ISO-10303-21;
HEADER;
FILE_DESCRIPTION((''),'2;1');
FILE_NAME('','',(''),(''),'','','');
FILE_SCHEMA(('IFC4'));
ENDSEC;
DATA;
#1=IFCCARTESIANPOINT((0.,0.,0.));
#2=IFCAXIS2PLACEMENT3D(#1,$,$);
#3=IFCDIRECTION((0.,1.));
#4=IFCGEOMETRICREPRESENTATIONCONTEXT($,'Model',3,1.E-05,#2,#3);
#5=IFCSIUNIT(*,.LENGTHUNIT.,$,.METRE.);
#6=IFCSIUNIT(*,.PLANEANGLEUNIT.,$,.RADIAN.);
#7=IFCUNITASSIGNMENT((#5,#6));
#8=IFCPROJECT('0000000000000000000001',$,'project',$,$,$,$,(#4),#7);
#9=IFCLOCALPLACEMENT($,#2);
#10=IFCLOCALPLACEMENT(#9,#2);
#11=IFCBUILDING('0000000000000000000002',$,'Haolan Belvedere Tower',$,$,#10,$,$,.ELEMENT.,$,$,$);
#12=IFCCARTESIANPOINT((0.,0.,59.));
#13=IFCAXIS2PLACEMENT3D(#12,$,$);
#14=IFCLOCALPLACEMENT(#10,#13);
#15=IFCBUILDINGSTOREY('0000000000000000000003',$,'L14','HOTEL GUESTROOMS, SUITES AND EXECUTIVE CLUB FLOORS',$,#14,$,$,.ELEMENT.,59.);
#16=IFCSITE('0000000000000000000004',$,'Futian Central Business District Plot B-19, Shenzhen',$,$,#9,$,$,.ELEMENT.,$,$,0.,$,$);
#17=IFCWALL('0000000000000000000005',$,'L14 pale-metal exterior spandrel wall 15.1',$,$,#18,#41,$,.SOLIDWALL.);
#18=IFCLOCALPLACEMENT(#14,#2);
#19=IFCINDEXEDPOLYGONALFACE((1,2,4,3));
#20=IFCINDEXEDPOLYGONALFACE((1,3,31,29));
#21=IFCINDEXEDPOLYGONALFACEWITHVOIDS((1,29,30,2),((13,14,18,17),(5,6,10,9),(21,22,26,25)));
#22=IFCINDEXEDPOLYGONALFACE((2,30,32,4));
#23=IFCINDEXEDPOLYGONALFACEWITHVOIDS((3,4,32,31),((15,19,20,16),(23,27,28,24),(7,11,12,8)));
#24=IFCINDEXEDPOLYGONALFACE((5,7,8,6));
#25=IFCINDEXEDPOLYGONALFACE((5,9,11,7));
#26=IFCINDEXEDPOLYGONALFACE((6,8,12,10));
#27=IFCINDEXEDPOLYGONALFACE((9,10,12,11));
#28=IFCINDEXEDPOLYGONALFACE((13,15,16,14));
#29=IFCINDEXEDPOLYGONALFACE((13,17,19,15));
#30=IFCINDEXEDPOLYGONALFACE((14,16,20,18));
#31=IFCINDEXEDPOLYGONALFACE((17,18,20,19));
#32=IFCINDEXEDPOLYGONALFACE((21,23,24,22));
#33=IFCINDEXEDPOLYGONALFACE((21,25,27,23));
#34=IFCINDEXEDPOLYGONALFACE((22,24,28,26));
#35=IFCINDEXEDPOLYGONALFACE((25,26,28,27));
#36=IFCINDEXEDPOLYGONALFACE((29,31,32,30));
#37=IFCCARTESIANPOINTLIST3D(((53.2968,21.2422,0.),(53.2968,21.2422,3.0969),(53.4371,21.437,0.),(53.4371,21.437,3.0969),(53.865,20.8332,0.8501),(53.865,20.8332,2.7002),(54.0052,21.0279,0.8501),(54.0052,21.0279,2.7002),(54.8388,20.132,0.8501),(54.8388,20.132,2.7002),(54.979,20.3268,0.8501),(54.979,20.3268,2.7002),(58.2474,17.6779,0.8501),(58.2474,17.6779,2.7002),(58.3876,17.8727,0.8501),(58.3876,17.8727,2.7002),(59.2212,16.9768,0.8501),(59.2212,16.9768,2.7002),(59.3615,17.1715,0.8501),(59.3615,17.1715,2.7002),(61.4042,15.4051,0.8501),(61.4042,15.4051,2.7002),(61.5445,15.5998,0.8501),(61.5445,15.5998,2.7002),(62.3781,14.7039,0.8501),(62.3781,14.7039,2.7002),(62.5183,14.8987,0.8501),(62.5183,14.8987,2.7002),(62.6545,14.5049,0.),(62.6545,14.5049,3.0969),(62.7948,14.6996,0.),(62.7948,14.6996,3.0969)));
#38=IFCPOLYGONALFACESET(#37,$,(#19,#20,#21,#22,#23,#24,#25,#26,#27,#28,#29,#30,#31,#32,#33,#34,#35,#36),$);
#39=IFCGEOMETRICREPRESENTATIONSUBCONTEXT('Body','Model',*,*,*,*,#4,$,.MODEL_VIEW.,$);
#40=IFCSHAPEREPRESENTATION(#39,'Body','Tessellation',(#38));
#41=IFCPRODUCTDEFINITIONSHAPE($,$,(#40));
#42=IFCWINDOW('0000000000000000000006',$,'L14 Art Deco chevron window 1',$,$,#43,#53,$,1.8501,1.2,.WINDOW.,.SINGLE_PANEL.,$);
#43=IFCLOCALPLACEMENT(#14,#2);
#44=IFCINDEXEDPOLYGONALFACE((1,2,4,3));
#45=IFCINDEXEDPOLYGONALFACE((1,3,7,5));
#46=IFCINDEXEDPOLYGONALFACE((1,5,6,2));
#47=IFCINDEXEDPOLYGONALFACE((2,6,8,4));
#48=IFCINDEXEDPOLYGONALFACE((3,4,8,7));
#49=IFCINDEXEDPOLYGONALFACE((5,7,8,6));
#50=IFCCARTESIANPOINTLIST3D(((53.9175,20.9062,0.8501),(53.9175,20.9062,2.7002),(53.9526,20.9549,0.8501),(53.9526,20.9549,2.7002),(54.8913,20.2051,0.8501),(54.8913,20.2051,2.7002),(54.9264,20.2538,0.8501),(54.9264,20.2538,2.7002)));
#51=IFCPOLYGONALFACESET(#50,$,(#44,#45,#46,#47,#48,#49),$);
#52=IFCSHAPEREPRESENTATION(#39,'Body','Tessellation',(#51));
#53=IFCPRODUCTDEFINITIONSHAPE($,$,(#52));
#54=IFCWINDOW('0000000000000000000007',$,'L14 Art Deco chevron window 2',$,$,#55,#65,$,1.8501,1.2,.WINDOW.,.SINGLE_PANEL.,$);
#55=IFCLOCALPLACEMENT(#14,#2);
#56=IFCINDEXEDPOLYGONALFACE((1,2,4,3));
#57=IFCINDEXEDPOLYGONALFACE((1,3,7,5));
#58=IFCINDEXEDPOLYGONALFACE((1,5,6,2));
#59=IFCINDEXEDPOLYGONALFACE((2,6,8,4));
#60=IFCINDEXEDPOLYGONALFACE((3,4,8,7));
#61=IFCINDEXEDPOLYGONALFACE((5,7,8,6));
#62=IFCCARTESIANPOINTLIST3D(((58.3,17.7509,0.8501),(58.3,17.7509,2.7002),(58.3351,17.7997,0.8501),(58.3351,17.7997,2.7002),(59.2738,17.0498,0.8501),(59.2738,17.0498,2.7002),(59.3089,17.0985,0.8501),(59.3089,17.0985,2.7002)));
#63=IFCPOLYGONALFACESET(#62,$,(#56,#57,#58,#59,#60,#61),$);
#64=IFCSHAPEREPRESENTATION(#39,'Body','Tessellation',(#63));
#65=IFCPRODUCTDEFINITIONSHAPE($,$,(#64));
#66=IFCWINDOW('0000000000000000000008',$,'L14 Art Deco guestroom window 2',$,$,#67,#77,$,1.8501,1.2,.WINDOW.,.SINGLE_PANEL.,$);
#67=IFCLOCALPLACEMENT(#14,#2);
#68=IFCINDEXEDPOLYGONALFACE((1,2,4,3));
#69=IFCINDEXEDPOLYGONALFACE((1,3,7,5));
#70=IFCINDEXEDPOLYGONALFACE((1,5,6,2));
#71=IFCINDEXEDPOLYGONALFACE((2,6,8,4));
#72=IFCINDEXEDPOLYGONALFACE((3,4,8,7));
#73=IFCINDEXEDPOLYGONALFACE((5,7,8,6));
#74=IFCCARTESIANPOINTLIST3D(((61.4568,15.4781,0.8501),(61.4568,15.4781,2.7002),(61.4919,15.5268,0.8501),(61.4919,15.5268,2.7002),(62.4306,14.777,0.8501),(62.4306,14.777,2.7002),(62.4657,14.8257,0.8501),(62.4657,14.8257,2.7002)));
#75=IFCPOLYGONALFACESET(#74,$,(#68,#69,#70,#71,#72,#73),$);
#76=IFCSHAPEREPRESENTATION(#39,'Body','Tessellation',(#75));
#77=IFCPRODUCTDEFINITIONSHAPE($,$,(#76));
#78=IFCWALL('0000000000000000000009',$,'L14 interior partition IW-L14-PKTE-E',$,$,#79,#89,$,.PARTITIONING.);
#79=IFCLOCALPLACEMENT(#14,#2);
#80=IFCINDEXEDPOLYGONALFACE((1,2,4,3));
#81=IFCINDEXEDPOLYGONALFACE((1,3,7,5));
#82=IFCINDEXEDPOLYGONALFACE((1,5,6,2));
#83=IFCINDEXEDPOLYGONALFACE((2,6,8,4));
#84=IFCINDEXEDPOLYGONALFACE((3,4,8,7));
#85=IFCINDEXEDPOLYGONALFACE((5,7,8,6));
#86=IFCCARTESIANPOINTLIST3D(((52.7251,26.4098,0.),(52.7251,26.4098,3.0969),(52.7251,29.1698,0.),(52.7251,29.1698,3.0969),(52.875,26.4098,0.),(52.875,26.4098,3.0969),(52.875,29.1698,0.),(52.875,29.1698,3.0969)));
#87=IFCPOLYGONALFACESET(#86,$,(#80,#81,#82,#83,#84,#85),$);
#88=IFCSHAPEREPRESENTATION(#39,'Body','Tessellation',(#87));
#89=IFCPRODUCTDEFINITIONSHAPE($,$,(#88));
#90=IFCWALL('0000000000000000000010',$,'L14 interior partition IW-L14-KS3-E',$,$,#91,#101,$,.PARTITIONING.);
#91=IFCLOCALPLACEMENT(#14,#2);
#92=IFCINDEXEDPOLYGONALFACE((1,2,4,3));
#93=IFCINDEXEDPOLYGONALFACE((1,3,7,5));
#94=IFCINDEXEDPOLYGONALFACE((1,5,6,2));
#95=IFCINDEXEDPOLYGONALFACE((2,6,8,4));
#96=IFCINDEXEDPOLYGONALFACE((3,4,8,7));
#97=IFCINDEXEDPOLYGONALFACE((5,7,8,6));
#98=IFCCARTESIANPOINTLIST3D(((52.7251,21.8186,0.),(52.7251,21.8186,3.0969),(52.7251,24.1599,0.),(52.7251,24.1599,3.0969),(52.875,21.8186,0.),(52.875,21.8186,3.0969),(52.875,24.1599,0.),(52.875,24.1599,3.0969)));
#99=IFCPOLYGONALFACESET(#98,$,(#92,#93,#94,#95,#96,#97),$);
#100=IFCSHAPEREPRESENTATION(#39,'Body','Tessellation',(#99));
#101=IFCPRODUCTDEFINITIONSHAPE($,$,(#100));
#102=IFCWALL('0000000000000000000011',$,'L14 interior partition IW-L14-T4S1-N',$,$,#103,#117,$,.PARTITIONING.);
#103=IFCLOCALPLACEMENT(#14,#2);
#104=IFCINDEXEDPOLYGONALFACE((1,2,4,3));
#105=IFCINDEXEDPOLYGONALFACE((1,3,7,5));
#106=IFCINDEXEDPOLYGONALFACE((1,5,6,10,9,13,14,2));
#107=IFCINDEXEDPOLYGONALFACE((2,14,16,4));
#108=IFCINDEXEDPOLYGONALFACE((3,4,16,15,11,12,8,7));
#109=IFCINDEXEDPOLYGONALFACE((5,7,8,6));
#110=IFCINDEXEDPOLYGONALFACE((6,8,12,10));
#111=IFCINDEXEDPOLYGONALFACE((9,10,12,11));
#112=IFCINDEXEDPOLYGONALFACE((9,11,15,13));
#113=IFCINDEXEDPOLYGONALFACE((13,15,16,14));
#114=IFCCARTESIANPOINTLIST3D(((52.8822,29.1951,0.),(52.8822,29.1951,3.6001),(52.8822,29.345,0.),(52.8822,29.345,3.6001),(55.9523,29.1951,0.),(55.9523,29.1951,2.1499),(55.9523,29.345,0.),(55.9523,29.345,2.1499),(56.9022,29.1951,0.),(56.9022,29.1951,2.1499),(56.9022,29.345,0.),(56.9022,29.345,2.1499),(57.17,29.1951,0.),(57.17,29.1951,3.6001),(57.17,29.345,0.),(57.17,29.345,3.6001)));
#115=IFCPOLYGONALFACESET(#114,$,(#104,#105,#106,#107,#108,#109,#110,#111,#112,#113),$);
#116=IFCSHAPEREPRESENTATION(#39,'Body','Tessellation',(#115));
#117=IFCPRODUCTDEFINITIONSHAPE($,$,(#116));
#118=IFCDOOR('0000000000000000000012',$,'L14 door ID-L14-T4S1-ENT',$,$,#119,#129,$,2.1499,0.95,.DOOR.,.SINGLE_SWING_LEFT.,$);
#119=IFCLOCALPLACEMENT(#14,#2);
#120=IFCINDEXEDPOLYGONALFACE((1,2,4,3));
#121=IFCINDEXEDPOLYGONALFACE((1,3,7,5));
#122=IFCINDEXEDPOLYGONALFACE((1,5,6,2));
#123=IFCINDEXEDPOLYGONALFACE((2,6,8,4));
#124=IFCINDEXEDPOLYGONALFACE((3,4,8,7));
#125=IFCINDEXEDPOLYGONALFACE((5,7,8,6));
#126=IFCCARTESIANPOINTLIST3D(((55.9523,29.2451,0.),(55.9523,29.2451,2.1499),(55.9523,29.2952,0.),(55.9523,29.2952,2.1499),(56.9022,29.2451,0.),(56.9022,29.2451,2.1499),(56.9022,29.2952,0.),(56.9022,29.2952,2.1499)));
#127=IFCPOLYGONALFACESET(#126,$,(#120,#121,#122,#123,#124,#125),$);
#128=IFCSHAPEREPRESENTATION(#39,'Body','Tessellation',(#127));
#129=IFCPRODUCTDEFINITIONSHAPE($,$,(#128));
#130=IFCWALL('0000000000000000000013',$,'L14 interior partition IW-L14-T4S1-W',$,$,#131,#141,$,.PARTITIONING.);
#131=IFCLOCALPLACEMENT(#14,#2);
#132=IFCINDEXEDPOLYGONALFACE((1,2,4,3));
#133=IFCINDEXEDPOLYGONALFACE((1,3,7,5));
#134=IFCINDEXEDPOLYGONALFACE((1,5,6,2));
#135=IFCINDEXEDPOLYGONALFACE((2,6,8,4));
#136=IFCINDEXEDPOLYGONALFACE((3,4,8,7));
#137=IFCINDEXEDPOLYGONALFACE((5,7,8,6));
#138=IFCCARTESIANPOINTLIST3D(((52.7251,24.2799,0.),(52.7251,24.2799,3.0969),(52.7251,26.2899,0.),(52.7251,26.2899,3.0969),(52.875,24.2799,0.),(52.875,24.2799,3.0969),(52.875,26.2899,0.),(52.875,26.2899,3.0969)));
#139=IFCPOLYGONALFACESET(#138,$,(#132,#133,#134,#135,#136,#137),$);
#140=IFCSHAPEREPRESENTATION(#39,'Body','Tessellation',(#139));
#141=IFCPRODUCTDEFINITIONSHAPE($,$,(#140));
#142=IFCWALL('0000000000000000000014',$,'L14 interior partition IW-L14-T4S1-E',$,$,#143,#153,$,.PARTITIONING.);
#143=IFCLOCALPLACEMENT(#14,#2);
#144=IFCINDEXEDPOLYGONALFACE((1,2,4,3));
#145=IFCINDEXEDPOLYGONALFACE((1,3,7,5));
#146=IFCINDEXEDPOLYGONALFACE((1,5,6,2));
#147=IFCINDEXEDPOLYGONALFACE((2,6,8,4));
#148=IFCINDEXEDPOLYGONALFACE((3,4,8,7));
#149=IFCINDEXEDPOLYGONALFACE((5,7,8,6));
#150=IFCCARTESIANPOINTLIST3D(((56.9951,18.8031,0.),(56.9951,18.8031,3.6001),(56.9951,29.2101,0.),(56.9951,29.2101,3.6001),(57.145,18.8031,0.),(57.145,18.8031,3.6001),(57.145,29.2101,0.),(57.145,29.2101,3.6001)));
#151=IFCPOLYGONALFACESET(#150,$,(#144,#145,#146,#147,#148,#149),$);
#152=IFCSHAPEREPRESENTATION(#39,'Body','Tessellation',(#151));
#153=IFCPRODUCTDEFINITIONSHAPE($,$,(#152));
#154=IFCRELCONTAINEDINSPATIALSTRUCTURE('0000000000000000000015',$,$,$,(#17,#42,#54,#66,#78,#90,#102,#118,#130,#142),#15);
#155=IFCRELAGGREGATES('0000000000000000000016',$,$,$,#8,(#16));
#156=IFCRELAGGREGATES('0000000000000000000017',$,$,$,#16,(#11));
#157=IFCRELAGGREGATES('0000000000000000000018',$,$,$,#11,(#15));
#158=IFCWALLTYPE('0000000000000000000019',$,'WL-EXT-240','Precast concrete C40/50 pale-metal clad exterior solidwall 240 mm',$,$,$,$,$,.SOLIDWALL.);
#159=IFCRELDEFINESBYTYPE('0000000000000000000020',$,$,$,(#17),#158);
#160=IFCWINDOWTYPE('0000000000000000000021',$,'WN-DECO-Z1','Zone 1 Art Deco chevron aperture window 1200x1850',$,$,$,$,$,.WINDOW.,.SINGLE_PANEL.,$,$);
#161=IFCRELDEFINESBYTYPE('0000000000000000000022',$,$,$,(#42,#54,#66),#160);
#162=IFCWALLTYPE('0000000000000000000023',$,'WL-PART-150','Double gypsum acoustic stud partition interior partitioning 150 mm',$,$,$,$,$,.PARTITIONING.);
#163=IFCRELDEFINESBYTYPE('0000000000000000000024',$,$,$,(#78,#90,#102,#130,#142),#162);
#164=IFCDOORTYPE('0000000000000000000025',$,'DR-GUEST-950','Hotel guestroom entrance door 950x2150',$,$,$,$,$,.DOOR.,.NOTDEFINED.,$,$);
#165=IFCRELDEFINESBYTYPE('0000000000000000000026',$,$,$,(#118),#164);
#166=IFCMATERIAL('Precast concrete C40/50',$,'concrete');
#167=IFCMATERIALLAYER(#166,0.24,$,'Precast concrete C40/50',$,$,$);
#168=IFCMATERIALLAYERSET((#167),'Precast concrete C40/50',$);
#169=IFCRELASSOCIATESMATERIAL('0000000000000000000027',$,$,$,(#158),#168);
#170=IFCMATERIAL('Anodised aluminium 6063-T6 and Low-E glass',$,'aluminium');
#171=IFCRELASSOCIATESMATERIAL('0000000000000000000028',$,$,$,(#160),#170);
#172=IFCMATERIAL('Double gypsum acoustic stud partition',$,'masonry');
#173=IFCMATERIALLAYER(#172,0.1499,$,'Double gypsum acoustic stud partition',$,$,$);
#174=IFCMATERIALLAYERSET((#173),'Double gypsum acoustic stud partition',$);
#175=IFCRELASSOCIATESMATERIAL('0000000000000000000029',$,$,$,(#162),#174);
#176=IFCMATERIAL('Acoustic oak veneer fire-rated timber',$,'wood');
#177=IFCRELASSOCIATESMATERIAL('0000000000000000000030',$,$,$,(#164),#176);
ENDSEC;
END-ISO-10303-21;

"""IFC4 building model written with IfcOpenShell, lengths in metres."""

from ifc_helpers import new_model, si_unit, direction, frame, frame_2d, origin, place, context, subcontext, project, spatial, rectangle, extrude, material, layer, layer_set, type_object, element, fill, save


model = new_model("IFC4")

# Units and contexts
model_context = context("Model", 3, precision=1e-05, world=origin(), true_north=direction((0.0, 1.0)))
body_context = subcontext(model_context, "Body", "Model", "MODEL_VIEW")
ifc_project = project(units=[si_unit("LENGTHUNIT", "METRE"), si_unit("PLANEANGLEUNIT", "RADIAN")], contexts=[model_context])

# Site, building, storey
site_placement = place(None, origin())
site = spatial("IfcSite", under=ifc_project, at=site_placement, Name="Futian Central Business District Plot B-19, Shenzhen", CompositionType="ELEMENT", RefElevation=0.0)
building_placement = place(site_placement, origin())
building = spatial("IfcBuilding", under=site, at=building_placement, Name="Haolan Belvedere Tower", CompositionType="ELEMENT")
storey_placement = place(building_placement, frame((0.0, 0.0, 59.0)))
storey = spatial("IfcBuildingStorey", under=building, at=storey_placement, Name="L14", Description="HOTEL GUESTROOMS, SUITES AND EXECUTIVE CLUB FLOORS", CompositionType="ELEMENT", Elevation=59.0)

# Wall, openings, windows
ifc_material_1 = material(Name="Precast concrete C40/50", Category="concrete")
ifc_layer_1 = layer(ifc_material_1, 0.24, Name="Precast concrete C40/50")
ifc_layer_set_1 = layer_set([ifc_layer_1], Name="Precast concrete C40/50")
wall_type_1 = type_object("IfcWallType", Name="WL-EXT-240", Description="Precast concrete C40/50 pale-metal clad exterior solidwall 240 mm", PredefinedType="SOLIDWALL", material=ifc_layer_set_1)
wall_1_placement = place(storey_placement, frame((53.3669, 21.3396, 0.0), z_axis=(0.0, 0.0, 1.0), x_axis=(0.811543, -0.584292, 0.0)))
wall_1 = element("IfcWall", 1, at=wall_1_placement, inside=storey, type_object=wall_type_1, Name="L14 pale-metal exterior spandrel wall 15.1", PredefinedType="SOLIDWALL", context=body_context, shape_type="SweptSolid", body=[
    extrude(rectangle(XDim=11.5308, YDim=0.24, at=frame_2d((5.7654, 0.0))), origin(), (0.0, 0.0, 1.0), 3.0969),
])
opening_1_placement = place(wall_1_placement, frame((0.7, 0.0, 0.8501)))
opening_1 = element("IfcOpeningElement", 2, at=opening_1_placement, cuts=wall_1, PredefinedType="OPENING", context=body_context, shape_type="SweptSolid", body=[
    extrude(rectangle(XDim=1.2, YDim=1.8501, at=frame_2d((0.6001, 0.925))), frame((0.0, 0.1299, 0.0), z_axis=(0.0, -1.0, 0.0), x_axis=(1.0, 0.0, 0.0)), (0.0, 0.0, 1.0), 0.26),
])
opening_2_placement = place(wall_1_placement, frame((6.1001, 0.0, 0.8501)))
opening_2 = element("IfcOpeningElement", 3, at=opening_2_placement, cuts=wall_1, PredefinedType="OPENING", context=body_context, shape_type="SweptSolid", body=[
    extrude(rectangle(XDim=1.2, YDim=1.8501, at=frame_2d((0.6001, 0.925))), frame((0.0, 0.1299, 0.0), z_axis=(0.0, -1.0, 0.0), x_axis=(1.0, 0.0, 0.0)), (0.0, 0.0, 1.0), 0.26),
])
opening_3_placement = place(wall_1_placement, frame((9.99, 0.0, 0.8501)))
opening_3 = element("IfcOpeningElement", 4, at=opening_3_placement, cuts=wall_1, PredefinedType="OPENING", context=body_context, shape_type="SweptSolid", body=[
    extrude(rectangle(XDim=1.2, YDim=1.8501, at=frame_2d((0.6001, 0.925))), frame((0.0, 0.1299, 0.0), z_axis=(0.0, -1.0, 0.0), x_axis=(1.0, 0.0, 0.0)), (0.0, 0.0, 1.0), 0.26),
])
ifc_material_2 = material(Name="Anodised aluminium 6063-T6 and Low-E glass", Category="aluminium")
window_type = type_object("IfcWindowType", Name="WN-DECO-Z1", Description="Zone 1 Art Deco chevron aperture window 1200x1850", PartitioningType="SINGLE_PANEL", PredefinedType="WINDOW", material=ifc_material_2)
window_1_placement = place(opening_1_placement, origin())
window_1 = element("IfcWindow", 5, at=window_1_placement, inside=storey, type_object=window_type, Name="L14 Art Deco chevron window 1", OverallHeight=1.8501, OverallWidth=1.2, PartitioningType="SINGLE_PANEL", PredefinedType="WINDOW", context=body_context, shape_type="SweptSolid", body=[
    extrude(rectangle(XDim=1.2, YDim=1.8501, at=frame_2d((0.6001, 0.925))), frame((0.0, 0.03, 0.0), z_axis=(0.0, -1.0, 0.0), x_axis=(1.0, 0.0, 0.0)), (0.0, 0.0, 1.0), 0.0601),
])
fill(opening_1, window_1)
window_2_placement = place(opening_2_placement, origin())
window_2 = element("IfcWindow", 6, at=window_2_placement, inside=storey, type_object=window_type, Name="L14 Art Deco chevron window 2", OverallHeight=1.8501, OverallWidth=1.2, PartitioningType="SINGLE_PANEL", PredefinedType="WINDOW", context=body_context, shape_type="SweptSolid", body=[
    extrude(rectangle(XDim=1.2, YDim=1.8501, at=frame_2d((0.6001, 0.925))), frame((0.0, 0.03, 0.0), z_axis=(0.0, -1.0, 0.0), x_axis=(1.0, 0.0, 0.0)), (0.0, 0.0, 1.0), 0.0601),
])
fill(opening_2, window_2)
window_3_placement = place(opening_3_placement, origin())
window_3 = element("IfcWindow", 7, at=window_3_placement, inside=storey, type_object=window_type, Name="L14 Art Deco guestroom window 2", OverallHeight=1.8501, OverallWidth=1.2, PartitioningType="SINGLE_PANEL", PredefinedType="WINDOW", context=body_context, shape_type="SweptSolid", body=[
    extrude(rectangle(XDim=1.2, YDim=1.8501, at=frame_2d((0.6001, 0.925))), frame((0.0, 0.03, 0.0), z_axis=(0.0, -1.0, 0.0), x_axis=(1.0, 0.0, 0.0)), (0.0, 0.0, 1.0), 0.0601),
])
fill(opening_3, window_3)

# Walls
ifc_material_3 = material(Name="Double gypsum acoustic stud partition", Category="masonry")
ifc_layer_2 = layer(ifc_material_3, 0.1499, Name="Double gypsum acoustic stud partition")
ifc_layer_set_2 = layer_set([ifc_layer_2], Name="Double gypsum acoustic stud partition")
wall_type_2 = type_object("IfcWallType", Name="WL-PART-150", Description="Double gypsum acoustic stud partition interior partitioning 150 mm", PredefinedType="PARTITIONING", material=ifc_layer_set_2)
wall_2_placement = place(storey_placement, frame((52.8, 26.4099, 0.0), z_axis=(0.0, 0.0, 1.0), x_axis=(0.0, 1.0, 0.0)))
element("IfcWall", 8, at=wall_2_placement, inside=storey, type_object=wall_type_2, Name="L14 interior partition IW-L14-PKTE-E", PredefinedType="PARTITIONING", context=body_context, shape_type="SweptSolid", body=[
    extrude(rectangle(XDim=2.76, YDim=0.1499, at=frame_2d((1.3799, 0.0))), origin(), (0.0, 0.0, 1.0), 3.0969),
])
wall_3_placement = place(storey_placement, frame((52.8, 21.8186, 0.0), z_axis=(0.0, 0.0, 1.0), x_axis=(0.0, 1.0, 0.0)))
element("IfcWall", 9, at=wall_3_placement, inside=storey, type_object=wall_type_2, Name="L14 interior partition IW-L14-KS3-E", PredefinedType="PARTITIONING", context=body_context, shape_type="SweptSolid", body=[
    extrude(rectangle(XDim=2.3413, YDim=0.1499, at=frame_2d((1.1707, 0.0))), origin(), (0.0, 0.0, 1.0), 3.0969),
])

# Wall, opening, door
wall_4_placement = place(storey_placement, frame((52.8821, 29.27, 0.0), z_axis=(0.0, 0.0, 1.0), x_axis=(1.0, 0.0, 0.0)))
wall_4 = element("IfcWall", 10, at=wall_4_placement, inside=storey, type_object=wall_type_2, Name="L14 interior partition IW-L14-T4S1-N", PredefinedType="PARTITIONING", context=body_context, shape_type="SweptSolid", body=[
    extrude(rectangle(XDim=4.2878, YDim=0.1499, at=frame_2d((2.144, 0.0))), origin(), (0.0, 0.0, 1.0), 3.6001),
])
opening_4_placement = place(wall_4_placement, frame((4.0203, 0.0, 0.0), z_axis=(0.0, 0.0, 1.0), x_axis=(-1.0, 0.0, 0.0)))
opening_4 = element("IfcOpeningElement", 11, at=opening_4_placement, cuts=wall_4, PredefinedType="OPENING", context=body_context, shape_type="SweptSolid", body=[
    extrude(rectangle(XDim=0.95, YDim=2.1499, at=frame_2d((0.4751, 1.075))), frame((0.0, 0.085, 0.0), z_axis=(0.0, -1.0, 0.0), x_axis=(1.0, 0.0, 0.0)), (0.0, 0.0, 1.0), 0.1699),
])
ifc_material_4 = material(Name="Acoustic oak veneer fire-rated timber", Category="wood")
door_type_1 = type_object("IfcDoorType", Name="DR-GUEST-950", Description="Hotel guestroom entrance door 950x2150", OperationType="NOTDEFINED", PredefinedType="DOOR", material=ifc_material_4)
door_1_placement = place(opening_4_placement, origin())
door_1 = element("IfcDoor", 12, at=door_1_placement, inside=storey, type_object=door_type_1, Name="L14 door ID-L14-T4S1-ENT", OperationType="SINGLE_SWING_LEFT", OverallHeight=2.1499, OverallWidth=0.95, PredefinedType="DOOR", context=body_context, shape_type="SweptSolid", body=[
    extrude(rectangle(XDim=0.95, YDim=2.1499, at=frame_2d((0.4751, 1.075))), frame((0.0, 0.0249, 0.0), z_axis=(0.0, -1.0, 0.0), x_axis=(1.0, 0.0, 0.0)), (0.0, 0.0, 1.0), 0.05),
])
fill(opening_4, door_1)

# Walls
wall_5_placement = place(storey_placement, frame((52.8, 24.28, 0.0), z_axis=(0.0, 0.0, 1.0), x_axis=(0.0, 1.0, 0.0)))
element("IfcWall", 13, at=wall_5_placement, inside=storey, type_object=wall_type_2, Name="L14 interior partition IW-L14-T4S1-W", PredefinedType="PARTITIONING", context=body_context, shape_type="SweptSolid", body=[
    extrude(rectangle(XDim=2.01, YDim=0.1499, at=frame_2d((1.0049, 0.0))), origin(), (0.0, 0.0, 1.0), 3.0969),
])
wall_6_placement = place(storey_placement, frame((57.0701, 18.803, 0.0), z_axis=(0.0, 0.0, 1.0), x_axis=(0.0, 1.0, 0.0)))
element("IfcWall", 14, at=wall_6_placement, inside=storey, type_object=wall_type_2, Name="L14 interior partition IW-L14-T4S1-E", PredefinedType="PARTITIONING", context=body_context, shape_type="SweptSolid", body=[
    extrude(rectangle(XDim=10.407, YDim=0.1499, at=frame_2d((5.2036, 0.0))), origin(), (0.0, 0.0, 1.0), 3.6001),
])

save(model, "model.ifc")
